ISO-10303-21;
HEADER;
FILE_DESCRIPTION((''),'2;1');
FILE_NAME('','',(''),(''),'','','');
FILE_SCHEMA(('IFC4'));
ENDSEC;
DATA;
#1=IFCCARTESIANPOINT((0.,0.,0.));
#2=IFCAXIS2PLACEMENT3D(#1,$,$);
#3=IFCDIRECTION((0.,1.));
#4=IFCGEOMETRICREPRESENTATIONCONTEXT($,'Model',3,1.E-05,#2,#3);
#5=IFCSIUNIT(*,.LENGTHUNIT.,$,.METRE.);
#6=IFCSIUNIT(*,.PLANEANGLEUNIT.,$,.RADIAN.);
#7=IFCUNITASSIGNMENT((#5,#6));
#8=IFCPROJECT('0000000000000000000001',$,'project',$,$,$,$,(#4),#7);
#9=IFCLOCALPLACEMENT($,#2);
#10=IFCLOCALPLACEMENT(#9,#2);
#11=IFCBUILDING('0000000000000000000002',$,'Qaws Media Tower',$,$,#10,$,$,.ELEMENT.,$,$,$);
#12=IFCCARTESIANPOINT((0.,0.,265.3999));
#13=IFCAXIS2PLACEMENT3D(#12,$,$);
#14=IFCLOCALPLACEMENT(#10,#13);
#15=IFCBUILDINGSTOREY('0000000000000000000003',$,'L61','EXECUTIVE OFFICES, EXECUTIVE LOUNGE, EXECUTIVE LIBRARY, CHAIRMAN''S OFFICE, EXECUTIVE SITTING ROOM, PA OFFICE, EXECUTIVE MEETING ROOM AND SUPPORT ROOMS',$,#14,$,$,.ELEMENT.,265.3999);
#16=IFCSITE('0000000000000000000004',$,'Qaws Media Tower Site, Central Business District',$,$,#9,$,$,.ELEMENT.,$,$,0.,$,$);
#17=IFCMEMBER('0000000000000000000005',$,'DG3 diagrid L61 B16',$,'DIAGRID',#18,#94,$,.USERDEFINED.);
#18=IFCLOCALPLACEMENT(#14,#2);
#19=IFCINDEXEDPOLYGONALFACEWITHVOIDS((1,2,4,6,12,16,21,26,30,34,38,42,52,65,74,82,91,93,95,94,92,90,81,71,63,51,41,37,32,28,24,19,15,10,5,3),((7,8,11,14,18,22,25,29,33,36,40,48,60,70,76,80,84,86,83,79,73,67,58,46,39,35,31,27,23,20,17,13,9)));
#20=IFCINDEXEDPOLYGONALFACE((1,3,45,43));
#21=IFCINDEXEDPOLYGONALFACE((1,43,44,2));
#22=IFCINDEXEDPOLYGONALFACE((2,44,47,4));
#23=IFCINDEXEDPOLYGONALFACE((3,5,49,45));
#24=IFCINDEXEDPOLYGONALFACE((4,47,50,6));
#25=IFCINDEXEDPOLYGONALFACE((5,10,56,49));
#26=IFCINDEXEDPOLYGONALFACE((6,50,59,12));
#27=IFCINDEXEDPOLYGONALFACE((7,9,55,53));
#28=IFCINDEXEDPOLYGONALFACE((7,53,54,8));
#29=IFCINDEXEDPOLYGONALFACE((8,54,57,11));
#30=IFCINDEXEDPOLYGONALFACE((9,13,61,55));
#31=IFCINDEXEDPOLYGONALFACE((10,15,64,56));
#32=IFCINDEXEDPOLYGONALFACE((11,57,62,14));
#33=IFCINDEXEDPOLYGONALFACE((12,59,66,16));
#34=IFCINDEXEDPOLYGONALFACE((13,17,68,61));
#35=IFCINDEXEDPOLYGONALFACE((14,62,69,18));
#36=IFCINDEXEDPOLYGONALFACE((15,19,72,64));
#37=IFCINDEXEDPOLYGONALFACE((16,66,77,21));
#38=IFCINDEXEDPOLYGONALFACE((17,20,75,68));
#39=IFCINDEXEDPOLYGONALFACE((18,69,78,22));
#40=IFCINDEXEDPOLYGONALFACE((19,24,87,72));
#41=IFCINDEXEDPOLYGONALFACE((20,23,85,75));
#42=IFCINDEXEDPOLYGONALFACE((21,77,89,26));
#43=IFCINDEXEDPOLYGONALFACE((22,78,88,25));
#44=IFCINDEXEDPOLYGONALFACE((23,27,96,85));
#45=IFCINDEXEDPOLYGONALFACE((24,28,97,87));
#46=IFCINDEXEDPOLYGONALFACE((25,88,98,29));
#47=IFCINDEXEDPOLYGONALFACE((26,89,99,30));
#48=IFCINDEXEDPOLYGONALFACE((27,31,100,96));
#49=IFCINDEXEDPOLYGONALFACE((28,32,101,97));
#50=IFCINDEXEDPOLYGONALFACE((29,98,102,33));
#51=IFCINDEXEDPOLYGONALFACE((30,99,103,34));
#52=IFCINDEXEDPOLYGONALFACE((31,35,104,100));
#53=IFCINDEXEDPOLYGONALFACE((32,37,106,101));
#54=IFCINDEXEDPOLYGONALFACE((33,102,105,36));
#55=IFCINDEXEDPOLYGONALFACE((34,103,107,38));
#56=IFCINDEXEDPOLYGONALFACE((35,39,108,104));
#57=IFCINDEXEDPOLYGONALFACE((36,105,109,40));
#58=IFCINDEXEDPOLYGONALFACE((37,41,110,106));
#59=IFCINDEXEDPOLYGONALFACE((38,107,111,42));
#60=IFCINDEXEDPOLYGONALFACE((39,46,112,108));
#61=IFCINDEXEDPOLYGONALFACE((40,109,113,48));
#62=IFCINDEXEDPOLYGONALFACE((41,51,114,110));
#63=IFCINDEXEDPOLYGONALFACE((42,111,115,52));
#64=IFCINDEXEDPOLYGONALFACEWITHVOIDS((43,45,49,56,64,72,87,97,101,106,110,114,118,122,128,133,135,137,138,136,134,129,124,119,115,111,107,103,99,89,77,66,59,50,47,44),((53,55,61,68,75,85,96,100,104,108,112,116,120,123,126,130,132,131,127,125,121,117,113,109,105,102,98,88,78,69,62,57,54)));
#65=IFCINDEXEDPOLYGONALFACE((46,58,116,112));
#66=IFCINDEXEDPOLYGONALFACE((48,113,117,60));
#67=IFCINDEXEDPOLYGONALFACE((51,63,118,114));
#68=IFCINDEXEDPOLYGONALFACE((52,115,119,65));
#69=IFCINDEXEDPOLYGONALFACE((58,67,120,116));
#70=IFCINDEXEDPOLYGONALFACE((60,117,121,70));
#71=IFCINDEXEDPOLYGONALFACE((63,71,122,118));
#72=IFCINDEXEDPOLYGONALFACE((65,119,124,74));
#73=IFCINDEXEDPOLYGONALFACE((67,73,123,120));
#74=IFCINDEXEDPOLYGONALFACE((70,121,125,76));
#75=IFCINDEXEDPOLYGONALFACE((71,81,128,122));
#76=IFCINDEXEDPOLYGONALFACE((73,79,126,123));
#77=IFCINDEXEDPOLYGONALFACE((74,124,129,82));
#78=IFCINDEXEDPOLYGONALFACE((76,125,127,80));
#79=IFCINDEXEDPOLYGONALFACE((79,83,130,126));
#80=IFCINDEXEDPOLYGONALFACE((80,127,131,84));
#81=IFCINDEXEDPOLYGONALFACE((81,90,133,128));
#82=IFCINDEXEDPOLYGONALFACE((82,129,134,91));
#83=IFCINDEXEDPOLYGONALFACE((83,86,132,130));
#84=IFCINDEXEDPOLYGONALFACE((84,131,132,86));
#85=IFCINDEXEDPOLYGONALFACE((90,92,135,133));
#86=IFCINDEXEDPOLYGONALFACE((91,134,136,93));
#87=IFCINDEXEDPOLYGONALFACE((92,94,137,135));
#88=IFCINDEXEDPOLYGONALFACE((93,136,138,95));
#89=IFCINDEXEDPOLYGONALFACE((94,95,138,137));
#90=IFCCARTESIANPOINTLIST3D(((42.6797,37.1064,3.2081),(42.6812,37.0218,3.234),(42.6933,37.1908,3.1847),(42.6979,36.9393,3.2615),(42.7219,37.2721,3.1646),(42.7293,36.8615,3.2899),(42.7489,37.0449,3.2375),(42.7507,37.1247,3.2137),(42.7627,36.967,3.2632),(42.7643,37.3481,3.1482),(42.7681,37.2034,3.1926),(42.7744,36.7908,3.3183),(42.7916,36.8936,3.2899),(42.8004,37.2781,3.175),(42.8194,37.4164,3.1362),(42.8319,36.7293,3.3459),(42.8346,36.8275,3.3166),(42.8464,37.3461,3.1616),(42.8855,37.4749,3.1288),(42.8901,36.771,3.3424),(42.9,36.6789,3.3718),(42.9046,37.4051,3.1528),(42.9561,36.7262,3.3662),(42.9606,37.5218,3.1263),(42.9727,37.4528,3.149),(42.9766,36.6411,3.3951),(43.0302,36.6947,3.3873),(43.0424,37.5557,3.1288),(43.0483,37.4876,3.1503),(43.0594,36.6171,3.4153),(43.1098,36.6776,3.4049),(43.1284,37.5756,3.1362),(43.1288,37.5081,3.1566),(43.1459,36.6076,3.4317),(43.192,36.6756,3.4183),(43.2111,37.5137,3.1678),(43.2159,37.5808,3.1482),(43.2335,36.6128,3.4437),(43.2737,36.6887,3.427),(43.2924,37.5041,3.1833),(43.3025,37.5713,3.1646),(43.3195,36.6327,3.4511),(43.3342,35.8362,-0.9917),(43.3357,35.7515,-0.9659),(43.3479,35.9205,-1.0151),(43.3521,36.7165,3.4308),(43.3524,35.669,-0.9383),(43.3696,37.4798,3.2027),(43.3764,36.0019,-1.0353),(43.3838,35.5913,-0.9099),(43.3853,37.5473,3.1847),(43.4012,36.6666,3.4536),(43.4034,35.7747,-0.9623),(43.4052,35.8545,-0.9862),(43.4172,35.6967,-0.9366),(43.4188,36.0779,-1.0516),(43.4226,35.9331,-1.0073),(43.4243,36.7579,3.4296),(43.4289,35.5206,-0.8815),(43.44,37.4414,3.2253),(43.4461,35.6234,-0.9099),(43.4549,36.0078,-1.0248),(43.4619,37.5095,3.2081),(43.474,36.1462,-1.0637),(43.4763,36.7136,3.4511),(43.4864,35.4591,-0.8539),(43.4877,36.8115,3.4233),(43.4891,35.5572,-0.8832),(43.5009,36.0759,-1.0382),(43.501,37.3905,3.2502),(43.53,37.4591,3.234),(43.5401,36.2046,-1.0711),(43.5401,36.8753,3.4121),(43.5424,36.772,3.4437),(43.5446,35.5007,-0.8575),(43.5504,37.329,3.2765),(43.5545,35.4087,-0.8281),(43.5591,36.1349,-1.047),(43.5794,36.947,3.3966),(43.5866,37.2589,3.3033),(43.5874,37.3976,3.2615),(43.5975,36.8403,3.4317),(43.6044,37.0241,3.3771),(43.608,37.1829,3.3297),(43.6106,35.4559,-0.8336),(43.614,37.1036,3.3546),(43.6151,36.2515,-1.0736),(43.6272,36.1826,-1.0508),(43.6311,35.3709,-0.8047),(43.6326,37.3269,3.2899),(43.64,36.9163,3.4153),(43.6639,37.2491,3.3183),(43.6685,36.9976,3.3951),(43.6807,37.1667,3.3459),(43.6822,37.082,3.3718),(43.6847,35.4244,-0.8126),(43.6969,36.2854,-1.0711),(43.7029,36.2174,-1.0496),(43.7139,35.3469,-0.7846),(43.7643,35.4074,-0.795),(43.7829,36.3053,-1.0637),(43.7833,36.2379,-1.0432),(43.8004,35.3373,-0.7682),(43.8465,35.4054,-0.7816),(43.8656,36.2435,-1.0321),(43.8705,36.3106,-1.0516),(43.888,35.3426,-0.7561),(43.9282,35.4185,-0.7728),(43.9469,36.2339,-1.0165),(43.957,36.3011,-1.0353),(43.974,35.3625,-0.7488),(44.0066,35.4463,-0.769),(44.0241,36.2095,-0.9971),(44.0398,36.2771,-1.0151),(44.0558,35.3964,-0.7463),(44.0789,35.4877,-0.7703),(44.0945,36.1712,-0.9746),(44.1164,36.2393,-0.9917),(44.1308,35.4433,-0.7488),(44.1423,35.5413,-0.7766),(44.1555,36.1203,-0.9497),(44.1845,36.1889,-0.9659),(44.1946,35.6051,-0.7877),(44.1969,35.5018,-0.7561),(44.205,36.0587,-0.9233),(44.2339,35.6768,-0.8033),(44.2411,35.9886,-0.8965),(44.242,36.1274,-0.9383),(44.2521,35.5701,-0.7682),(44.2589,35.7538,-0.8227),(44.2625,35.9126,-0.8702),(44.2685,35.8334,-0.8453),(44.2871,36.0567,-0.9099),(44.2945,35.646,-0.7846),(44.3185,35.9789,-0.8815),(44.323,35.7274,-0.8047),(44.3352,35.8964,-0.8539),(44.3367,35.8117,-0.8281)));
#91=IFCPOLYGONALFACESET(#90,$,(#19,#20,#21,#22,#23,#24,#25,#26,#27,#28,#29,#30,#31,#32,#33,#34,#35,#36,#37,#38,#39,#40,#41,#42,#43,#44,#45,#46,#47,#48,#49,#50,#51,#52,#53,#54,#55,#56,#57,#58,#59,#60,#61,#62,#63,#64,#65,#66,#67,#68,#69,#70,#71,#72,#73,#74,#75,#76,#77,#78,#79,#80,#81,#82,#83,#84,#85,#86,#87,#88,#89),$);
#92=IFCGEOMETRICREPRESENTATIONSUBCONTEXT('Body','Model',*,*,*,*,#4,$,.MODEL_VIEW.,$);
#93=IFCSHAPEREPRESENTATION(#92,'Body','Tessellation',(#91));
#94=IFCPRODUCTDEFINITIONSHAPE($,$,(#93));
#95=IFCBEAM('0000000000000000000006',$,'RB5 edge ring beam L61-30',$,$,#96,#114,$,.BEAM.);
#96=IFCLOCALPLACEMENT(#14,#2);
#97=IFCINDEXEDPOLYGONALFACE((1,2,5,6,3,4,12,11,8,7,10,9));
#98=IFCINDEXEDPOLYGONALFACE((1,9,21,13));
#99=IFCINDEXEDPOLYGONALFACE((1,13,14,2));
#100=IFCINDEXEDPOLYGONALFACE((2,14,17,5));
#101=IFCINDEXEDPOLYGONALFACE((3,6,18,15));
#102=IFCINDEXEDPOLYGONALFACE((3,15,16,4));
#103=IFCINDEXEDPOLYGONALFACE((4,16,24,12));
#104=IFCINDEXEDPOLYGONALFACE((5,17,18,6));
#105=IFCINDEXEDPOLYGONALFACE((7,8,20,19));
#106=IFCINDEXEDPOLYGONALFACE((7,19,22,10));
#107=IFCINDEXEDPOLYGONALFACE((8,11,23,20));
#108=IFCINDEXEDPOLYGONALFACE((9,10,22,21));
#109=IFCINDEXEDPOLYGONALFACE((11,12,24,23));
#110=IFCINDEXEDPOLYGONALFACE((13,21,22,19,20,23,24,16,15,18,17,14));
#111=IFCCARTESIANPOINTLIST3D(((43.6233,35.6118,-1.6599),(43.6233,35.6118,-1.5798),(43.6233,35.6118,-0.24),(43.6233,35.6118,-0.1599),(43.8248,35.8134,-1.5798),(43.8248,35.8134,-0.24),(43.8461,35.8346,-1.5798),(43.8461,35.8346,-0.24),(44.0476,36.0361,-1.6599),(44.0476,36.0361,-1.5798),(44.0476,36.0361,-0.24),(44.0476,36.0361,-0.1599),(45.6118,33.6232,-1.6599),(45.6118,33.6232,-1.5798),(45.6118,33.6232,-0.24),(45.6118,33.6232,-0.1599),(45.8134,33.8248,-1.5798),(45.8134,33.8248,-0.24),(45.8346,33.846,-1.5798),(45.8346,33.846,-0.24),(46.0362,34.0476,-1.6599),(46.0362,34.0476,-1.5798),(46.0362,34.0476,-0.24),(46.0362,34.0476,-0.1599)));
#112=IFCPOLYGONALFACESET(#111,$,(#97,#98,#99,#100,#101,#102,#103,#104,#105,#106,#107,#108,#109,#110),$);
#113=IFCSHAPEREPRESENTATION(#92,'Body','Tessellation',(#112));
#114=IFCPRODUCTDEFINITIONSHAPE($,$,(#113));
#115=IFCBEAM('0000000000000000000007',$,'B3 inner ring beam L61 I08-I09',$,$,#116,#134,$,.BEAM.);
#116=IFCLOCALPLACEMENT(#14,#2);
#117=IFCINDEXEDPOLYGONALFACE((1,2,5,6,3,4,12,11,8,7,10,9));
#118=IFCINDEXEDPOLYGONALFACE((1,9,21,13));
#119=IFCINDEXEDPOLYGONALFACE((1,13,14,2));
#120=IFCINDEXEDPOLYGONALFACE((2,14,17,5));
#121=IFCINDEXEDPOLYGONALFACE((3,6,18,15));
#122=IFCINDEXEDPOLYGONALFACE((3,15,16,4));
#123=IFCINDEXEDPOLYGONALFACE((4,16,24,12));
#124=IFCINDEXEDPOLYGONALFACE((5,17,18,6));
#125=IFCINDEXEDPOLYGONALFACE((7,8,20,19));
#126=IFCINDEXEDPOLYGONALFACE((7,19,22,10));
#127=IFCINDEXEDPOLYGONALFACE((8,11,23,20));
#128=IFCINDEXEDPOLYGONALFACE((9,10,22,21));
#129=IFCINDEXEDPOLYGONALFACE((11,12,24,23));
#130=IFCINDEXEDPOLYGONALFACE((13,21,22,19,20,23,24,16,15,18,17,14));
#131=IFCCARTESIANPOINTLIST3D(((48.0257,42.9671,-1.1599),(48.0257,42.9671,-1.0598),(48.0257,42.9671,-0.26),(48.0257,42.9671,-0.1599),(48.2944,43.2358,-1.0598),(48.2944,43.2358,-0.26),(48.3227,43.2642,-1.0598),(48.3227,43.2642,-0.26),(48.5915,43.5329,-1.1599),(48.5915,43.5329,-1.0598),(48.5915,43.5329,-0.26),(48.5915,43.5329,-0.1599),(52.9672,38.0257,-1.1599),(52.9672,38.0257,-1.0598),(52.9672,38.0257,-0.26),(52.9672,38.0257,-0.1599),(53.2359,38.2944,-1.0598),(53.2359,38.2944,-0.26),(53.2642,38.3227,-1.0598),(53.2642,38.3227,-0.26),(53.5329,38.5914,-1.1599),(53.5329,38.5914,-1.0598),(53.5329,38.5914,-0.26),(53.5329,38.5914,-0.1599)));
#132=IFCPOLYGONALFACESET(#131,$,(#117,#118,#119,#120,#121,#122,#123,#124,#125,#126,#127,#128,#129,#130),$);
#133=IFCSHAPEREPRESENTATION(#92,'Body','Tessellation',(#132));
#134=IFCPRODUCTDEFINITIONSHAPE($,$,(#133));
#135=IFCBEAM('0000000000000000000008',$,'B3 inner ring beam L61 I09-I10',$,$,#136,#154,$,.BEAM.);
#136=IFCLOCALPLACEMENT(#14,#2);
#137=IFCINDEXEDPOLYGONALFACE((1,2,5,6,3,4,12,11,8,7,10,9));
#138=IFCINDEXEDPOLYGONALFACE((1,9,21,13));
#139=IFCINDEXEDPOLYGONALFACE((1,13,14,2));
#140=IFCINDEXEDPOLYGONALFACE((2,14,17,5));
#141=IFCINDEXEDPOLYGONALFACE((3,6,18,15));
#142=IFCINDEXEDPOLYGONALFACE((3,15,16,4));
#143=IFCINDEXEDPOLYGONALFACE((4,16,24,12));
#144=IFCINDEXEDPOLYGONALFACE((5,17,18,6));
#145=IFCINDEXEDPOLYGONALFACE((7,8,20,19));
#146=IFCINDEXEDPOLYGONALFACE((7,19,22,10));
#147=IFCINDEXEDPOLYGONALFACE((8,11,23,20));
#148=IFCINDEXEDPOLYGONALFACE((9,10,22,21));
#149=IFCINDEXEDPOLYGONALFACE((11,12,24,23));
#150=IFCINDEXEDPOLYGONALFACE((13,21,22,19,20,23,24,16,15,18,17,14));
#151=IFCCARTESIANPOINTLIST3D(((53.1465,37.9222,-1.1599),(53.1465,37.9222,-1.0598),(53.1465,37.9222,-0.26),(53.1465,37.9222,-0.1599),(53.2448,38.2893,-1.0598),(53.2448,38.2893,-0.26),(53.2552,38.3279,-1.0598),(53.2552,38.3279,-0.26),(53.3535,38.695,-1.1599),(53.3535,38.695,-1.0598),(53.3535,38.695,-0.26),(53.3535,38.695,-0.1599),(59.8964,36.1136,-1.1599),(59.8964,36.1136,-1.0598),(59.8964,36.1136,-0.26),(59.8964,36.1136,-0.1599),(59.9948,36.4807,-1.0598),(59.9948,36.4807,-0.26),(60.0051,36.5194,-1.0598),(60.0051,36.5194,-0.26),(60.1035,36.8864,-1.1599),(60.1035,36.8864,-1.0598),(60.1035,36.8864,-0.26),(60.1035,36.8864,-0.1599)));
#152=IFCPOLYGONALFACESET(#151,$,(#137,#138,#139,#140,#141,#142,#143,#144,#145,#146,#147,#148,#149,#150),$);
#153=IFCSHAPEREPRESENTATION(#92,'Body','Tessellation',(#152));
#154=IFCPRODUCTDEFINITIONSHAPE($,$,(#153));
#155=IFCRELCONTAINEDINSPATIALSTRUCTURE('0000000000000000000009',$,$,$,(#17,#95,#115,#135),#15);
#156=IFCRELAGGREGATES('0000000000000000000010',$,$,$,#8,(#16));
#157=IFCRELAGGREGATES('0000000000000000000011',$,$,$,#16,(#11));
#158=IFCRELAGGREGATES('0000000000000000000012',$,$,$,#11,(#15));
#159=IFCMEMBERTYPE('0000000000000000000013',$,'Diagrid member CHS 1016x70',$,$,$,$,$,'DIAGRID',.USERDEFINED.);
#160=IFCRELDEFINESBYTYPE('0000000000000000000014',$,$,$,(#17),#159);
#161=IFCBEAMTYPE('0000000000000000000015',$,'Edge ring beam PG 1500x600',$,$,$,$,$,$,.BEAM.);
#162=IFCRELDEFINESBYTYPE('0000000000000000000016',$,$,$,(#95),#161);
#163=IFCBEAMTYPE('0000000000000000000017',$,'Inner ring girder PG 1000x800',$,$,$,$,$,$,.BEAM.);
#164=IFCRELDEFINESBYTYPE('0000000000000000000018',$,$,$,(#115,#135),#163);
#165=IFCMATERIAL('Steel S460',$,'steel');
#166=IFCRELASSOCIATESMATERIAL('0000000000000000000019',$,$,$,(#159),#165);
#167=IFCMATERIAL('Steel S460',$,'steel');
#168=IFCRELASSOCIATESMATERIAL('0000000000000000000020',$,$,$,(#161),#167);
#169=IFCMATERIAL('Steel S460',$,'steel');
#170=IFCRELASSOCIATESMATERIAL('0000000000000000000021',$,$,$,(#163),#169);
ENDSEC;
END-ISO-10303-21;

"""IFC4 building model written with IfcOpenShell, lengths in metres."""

from ifc_helpers import new_model, si_unit, direction, frame, origin, origin_2d, place, context, subcontext, project, spatial, hollow_circle, i_section, extrude, material, material_profile, profile_set, type_object, element, save


model = new_model("IFC4")

# Units and contexts
model_context = context("Model", 3, precision=1e-05, world=origin(), true_north=direction((0.0, 1.0)))
body_context = subcontext(model_context, "Body", "Model", "MODEL_VIEW")
ifc_project = project(units=[si_unit("LENGTHUNIT", "METRE"), si_unit("PLANEANGLEUNIT", "RADIAN")], contexts=[model_context])

# Site, building, storey
site_placement = place(None, origin())
site = spatial("IfcSite", under=ifc_project, at=site_placement, Name="Qaws Media Tower Site, Central Business District", CompositionType="ELEMENT", RefElevation=0.0)
building_placement = place(site_placement, origin())
building = spatial("IfcBuilding", under=site, at=building_placement, Name="Qaws Media Tower", CompositionType="ELEMENT")
storey_placement = place(building_placement, frame((0.0, 0.0, 265.3999)))
storey = spatial("IfcBuildingStorey", under=building, at=storey_placement, Name="L61", Description="EXECUTIVE OFFICES, EXECUTIVE LOUNGE, EXECUTIVE LIBRARY, CHAIRMAN'S OFFICE, EXECUTIVE SITTING ROOM, PA OFFICE, EXECUTIVE MEETING ROOM AND SUPPORT ROOMS", CompositionType="ELEMENT", Elevation=265.3999)

# Member
ifc_material_1 = material(Name="Steel S460", Category="steel")
ifc_material_profile_1 = material_profile(ifc_material_1, hollow_circle(Radius=0.5081, WallThickness=0.0701, at=origin_2d()), Name="CHS 1016x70")
ifc_profile_set_1 = profile_set([ifc_material_profile_1], Name="Steel S460")
member_type_1 = type_object("IfcMemberType", Name="Diagrid member CHS 1016x70", ElementType="DIAGRID", PredefinedType="USERDEFINED", material=ifc_profile_set_1)
member_1_placement = place(storey_placement, frame((43.8354, 35.824, -0.9099), z_axis=(-0.147539, 0.286328, 0.946704), x_axis=(-0.888928, -0.458047, 0.0)))
element("IfcMember", 1, at=member_1_placement, inside=storey, type_object=member_type_1, Name="DG3 diagrid L61 B16", ObjectType="DIAGRID", PredefinedType="USERDEFINED", context=body_context, shape_type="SweptSolid", body=[
    extrude(hollow_circle(Radius=0.5081, WallThickness=0.0701, at=origin_2d()), origin(), (0.0, 0.0, 1.0), 4.4363),
])

# Beams
ifc_material_2 = material(Name="Steel S460", Category="steel")
ifc_material_profile_2 = material_profile(ifc_material_2, i_section(OverallWidth=0.6001, OverallDepth=1.5, WebThickness=0.03, FlangeThickness=0.0801, at=origin_2d()), Name="PG 1500x600")
ifc_profile_set_2 = profile_set([ifc_material_profile_2], Name="Steel S460")
beam_type_1 = type_object("IfcBeamType", Name="Edge ring beam PG 1500x600", PredefinedType="BEAM", material=ifc_profile_set_2)
beam_1_placement = place(storey_placement, frame((43.8354, 35.824, -0.9099), z_axis=(0.707107, -0.707107, 0.0), x_axis=(0.707107, 0.707107, 0.0)))
element("IfcBeam", 2, at=beam_1_placement, inside=storey, type_object=beam_type_1, Name="RB5 edge ring beam L61-30", PredefinedType="BEAM", context=body_context, shape_type="SweptSolid", body=[
    extrude(i_section(OverallWidth=0.6001, OverallDepth=1.5, WebThickness=0.03, FlangeThickness=0.0801, at=origin_2d()), origin(), (0.0, 0.0, 1.0), 2.8123),
])
ifc_material_3 = material(Name="Steel S460", Category="steel")
ifc_material_profile_3 = material_profile(ifc_material_3, i_section(OverallWidth=0.8, OverallDepth=1.0, WebThickness=0.04, FlangeThickness=0.1001, at=origin_2d()), Name="PG 1000x800")
ifc_profile_set_3 = profile_set([ifc_material_profile_3], Name="Steel S460")
beam_type_2 = type_object("IfcBeamType", Name="Inner ring girder PG 1000x800", PredefinedType="BEAM", material=ifc_profile_set_3)
beam_2_placement = place(storey_placement, frame((48.3086, 43.25, -0.6599), z_axis=(0.707107, -0.707107, 0.0), x_axis=(0.707107, 0.707107, 0.0)))
element("IfcBeam", 3, at=beam_2_placement, inside=storey, type_object=beam_type_2, Name="B3 inner ring beam L61 I08-I09", PredefinedType="BEAM", context=body_context, shape_type="SweptSolid", body=[
    extrude(i_section(OverallWidth=0.8, OverallDepth=1.0, WebThickness=0.04, FlangeThickness=0.1001, at=origin_2d()), origin(), (0.0, 0.0, 1.0), 6.9883),
])
beam_3_placement = place(storey_placement, frame((53.25, 38.3086, -0.6599), z_axis=(0.965928, -0.258811, 0.0), x_axis=(0.258811, 0.965928, 0.0)))
element("IfcBeam", 4, at=beam_3_placement, inside=storey, type_object=beam_type_2, Name="B3 inner ring beam L61 I09-I10", PredefinedType="BEAM", context=body_context, shape_type="SweptSolid", body=[
    extrude(i_section(OverallWidth=0.8, OverallDepth=1.0, WebThickness=0.04, FlangeThickness=0.1001, at=origin_2d()), origin(), (0.0, 0.0, 1.0), 6.988),
])

save(model, "model.ifc")
